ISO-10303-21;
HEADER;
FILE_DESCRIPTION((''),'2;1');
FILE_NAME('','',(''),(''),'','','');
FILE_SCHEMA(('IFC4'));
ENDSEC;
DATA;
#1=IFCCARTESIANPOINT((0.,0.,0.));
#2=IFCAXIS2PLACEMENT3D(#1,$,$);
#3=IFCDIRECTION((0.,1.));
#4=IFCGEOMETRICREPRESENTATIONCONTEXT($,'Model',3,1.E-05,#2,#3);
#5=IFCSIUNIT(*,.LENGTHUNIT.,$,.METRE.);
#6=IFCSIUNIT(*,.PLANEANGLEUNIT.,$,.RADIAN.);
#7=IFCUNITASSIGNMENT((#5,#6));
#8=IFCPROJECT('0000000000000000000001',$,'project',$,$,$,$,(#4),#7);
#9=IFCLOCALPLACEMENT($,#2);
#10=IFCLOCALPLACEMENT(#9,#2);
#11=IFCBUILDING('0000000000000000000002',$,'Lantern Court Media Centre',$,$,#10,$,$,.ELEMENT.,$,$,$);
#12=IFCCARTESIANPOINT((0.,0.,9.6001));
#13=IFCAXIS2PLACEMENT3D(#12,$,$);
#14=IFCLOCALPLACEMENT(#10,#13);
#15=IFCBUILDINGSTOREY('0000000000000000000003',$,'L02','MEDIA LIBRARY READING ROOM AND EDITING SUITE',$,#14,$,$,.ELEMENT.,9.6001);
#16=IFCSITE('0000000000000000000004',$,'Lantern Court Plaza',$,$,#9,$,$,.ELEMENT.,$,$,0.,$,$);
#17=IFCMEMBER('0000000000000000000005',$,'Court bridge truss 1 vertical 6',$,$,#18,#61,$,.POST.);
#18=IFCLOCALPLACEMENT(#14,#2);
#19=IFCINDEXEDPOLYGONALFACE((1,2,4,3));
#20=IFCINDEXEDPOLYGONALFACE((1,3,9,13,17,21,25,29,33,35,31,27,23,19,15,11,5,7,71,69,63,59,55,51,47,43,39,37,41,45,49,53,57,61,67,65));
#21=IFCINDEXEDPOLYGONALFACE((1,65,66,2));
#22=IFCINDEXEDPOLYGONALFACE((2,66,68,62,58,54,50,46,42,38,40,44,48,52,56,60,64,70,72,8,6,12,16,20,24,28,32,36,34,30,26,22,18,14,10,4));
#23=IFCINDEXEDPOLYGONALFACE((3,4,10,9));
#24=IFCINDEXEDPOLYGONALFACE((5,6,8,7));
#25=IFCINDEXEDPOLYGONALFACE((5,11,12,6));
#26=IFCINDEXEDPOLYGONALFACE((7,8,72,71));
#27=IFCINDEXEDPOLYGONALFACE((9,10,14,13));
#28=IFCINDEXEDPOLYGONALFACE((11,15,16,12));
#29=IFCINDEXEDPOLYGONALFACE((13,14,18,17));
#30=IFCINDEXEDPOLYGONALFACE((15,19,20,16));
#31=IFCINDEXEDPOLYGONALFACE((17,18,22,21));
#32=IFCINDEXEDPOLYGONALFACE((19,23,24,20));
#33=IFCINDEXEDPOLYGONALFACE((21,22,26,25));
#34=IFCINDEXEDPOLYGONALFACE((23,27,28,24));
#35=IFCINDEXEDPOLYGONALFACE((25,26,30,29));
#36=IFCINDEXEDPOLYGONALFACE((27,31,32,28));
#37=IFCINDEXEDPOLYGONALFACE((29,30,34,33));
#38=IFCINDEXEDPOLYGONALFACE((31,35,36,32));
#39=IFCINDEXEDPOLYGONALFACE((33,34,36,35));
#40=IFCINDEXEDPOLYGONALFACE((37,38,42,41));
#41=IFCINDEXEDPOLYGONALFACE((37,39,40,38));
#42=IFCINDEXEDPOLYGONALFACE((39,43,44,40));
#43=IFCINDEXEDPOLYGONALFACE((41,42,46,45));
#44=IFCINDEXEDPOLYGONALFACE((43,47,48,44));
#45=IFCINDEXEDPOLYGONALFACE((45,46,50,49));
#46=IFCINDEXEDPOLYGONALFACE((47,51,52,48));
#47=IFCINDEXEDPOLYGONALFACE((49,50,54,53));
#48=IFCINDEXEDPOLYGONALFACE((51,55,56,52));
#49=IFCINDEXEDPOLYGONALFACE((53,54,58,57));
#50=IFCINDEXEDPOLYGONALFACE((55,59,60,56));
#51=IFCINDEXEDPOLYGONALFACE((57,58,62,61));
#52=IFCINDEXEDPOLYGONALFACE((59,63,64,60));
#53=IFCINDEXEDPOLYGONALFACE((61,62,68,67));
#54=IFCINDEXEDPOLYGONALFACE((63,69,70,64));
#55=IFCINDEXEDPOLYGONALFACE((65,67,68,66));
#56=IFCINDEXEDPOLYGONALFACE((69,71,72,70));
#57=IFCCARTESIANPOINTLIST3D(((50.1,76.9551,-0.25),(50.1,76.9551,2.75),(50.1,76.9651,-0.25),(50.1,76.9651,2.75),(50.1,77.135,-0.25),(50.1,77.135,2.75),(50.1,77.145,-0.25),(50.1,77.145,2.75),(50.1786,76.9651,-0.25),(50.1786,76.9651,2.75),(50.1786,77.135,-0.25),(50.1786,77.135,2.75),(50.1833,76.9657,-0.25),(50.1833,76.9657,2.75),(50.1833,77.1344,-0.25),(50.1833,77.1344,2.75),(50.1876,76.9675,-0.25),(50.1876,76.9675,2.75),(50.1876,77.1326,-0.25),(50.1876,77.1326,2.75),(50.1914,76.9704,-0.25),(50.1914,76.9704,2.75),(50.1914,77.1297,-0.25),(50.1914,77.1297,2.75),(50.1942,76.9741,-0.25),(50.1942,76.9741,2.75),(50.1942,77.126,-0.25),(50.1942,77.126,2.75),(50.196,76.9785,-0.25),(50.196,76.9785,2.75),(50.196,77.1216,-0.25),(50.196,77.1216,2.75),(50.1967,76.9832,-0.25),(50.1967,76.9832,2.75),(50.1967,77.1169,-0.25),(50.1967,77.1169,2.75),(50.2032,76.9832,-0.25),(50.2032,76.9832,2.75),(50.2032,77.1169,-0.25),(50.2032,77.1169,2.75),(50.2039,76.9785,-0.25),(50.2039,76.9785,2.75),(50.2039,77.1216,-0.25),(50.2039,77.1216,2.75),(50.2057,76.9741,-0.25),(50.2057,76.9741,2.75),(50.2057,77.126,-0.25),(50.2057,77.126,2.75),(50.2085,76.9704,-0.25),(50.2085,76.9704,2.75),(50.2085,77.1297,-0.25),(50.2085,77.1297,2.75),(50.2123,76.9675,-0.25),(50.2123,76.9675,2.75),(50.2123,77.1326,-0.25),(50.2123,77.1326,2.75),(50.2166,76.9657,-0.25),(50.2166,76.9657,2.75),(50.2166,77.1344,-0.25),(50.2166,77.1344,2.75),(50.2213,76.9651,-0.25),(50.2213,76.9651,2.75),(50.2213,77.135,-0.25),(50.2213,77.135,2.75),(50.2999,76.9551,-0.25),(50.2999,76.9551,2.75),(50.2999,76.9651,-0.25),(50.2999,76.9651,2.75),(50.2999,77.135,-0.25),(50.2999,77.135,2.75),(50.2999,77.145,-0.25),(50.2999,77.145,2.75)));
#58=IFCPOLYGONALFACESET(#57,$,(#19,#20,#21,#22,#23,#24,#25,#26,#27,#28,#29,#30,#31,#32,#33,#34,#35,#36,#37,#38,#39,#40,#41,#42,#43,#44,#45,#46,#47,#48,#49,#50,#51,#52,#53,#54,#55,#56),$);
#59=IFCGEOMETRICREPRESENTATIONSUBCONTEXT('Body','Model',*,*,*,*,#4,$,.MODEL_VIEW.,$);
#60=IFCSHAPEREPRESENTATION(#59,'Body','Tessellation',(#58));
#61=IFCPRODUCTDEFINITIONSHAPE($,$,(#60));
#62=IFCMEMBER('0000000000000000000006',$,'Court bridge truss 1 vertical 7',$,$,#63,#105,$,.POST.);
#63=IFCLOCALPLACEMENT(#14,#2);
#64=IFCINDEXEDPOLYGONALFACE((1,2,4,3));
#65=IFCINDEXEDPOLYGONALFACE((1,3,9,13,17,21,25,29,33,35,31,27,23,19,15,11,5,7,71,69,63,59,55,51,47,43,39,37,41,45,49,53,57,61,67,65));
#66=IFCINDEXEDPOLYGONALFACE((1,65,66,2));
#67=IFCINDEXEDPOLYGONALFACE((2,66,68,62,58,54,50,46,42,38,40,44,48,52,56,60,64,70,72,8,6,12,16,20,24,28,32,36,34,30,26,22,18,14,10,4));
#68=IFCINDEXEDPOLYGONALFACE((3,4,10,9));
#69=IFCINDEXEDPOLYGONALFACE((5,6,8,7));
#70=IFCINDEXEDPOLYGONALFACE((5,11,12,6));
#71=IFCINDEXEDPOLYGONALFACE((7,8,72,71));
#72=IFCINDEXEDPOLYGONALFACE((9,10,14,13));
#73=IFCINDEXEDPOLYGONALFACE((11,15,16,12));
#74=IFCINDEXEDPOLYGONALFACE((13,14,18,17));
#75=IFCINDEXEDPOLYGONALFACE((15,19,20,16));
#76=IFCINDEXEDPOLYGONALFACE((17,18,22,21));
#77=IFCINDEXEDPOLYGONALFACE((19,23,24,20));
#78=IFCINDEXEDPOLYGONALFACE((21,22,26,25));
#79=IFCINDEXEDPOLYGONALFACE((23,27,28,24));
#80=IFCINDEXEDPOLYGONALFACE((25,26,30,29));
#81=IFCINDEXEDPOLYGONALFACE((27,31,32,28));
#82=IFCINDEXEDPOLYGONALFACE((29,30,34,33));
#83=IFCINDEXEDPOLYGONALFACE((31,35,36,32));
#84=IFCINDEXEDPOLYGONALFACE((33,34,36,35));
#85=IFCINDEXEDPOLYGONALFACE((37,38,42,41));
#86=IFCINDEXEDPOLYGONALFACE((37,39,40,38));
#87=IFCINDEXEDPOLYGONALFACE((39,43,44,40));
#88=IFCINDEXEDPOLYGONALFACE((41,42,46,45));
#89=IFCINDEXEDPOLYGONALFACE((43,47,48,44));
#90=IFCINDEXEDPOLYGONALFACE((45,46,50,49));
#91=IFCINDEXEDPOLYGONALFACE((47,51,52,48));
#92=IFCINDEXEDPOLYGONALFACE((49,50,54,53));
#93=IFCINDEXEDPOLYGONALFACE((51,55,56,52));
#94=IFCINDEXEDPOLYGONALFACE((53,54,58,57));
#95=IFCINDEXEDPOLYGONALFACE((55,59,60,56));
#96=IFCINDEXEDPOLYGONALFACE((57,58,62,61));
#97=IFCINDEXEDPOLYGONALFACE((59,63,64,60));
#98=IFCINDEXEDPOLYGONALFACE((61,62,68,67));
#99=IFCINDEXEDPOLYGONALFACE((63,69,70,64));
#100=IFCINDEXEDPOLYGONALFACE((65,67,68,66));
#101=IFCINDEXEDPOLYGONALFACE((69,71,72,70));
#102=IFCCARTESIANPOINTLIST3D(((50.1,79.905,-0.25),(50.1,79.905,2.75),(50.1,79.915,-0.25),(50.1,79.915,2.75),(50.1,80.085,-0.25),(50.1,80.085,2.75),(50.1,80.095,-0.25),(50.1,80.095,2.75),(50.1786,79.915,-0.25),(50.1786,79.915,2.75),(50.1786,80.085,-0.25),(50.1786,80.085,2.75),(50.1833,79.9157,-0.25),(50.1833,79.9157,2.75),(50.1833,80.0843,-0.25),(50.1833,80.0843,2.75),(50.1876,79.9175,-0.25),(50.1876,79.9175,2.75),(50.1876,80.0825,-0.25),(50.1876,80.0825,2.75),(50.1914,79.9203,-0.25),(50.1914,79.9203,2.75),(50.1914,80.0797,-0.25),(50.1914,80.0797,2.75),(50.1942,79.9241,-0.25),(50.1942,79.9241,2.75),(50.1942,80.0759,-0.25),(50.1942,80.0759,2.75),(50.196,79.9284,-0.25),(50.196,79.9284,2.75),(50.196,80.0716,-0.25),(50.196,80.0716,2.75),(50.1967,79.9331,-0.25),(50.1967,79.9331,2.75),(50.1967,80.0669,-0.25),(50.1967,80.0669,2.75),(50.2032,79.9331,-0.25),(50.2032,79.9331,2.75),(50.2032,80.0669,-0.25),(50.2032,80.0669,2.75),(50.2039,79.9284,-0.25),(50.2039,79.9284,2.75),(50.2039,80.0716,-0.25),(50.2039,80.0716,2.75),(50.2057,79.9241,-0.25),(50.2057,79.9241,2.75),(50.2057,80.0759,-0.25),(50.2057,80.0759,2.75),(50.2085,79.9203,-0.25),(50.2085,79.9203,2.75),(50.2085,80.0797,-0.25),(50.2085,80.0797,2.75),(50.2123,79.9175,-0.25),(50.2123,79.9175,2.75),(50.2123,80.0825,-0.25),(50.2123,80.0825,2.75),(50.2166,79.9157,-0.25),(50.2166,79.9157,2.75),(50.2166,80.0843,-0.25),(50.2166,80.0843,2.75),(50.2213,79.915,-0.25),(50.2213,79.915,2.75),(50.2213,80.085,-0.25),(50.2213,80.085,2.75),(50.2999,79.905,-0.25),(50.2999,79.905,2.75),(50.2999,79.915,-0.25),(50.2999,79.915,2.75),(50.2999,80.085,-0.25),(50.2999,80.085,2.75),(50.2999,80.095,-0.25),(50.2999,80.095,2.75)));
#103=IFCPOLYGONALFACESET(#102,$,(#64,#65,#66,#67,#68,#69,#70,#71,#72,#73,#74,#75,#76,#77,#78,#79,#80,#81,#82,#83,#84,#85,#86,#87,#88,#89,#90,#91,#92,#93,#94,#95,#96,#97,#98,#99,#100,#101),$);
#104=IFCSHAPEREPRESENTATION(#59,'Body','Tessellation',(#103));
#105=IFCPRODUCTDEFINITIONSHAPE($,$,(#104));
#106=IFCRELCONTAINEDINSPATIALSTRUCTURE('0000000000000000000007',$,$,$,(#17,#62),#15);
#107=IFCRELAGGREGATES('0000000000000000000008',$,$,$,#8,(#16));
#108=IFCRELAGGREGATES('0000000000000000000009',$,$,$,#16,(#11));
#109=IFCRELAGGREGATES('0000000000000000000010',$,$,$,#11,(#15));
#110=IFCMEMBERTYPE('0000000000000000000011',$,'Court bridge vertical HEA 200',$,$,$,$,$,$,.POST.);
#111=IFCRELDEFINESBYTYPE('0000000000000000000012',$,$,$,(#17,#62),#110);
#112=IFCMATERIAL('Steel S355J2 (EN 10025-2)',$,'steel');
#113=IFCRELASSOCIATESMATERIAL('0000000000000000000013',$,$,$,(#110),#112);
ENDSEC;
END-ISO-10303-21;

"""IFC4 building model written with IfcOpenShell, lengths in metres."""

from ifc_helpers import new_model, si_unit, direction, frame, origin, origin_2d, place, context, subcontext, project, spatial, i_section, extrude, material, material_profile, profile_set, type_object, element, save


model = new_model("IFC4")

# Units and contexts
model_context = context("Model", 3, precision=1e-05, world=origin(), true_north=direction((0.0, 1.0)))
body_context = subcontext(model_context, "Body", "Model", "MODEL_VIEW")
ifc_project = project(units=[si_unit("LENGTHUNIT", "METRE"), si_unit("PLANEANGLEUNIT", "RADIAN")], contexts=[model_context])

# Site, building, storey
site_placement = place(None, origin())
site = spatial("IfcSite", under=ifc_project, at=site_placement, Name="Lantern Court Plaza", CompositionType="ELEMENT", RefElevation=0.0)
building_placement = place(site_placement, origin())
building = spatial("IfcBuilding", under=site, at=building_placement, Name="Lantern Court Media Centre", CompositionType="ELEMENT")
storey_placement = place(building_placement, frame((0.0, 0.0, 9.6001)))
storey = spatial("IfcBuildingStorey", under=building, at=storey_placement, Name="L02", Description="MEDIA LIBRARY READING ROOM AND EDITING SUITE", CompositionType="ELEMENT", Elevation=9.6001)

# Shared definitions
ifc_material = material(Name="Steel S355J2 (EN 10025-2)", Category="steel")

# Members
ifc_material_profile_1 = material_profile(ifc_material, i_section(OverallWidth=0.2, OverallDepth=0.1899, WebThickness=0.0066, FlangeThickness=0.01, FilletRadius=0.0181, at=origin_2d()), Name="HEA 200")
ifc_profile_set_1 = profile_set([ifc_material_profile_1], Name="Steel S355J2 (EN 10025-2)")
member_type_1 = type_object("IfcMemberType", Name="Court bridge vertical HEA 200", PredefinedType="POST", material=ifc_profile_set_1)
for number, where, z_axis, x_axis, name in (
    (1, (50.2, 77.05, -0.25), (0.0, 0.0, 1.0), (1.0, 0.0, 0.0), "Court bridge truss 1 vertical 6"),
    (2, (50.2, 80.0, -0.25), (0.0, 0.0, 1.0), (1.0, 0.0, 0.0), "Court bridge truss 1 vertical 7"),
):
    element("IfcMember", number, at=place(storey_placement, frame(where, z_axis=z_axis, x_axis=x_axis)), inside=storey, type_object=member_type_1, Name=name, PredefinedType="POST", context=body_context, shape_type="SweptSolid", body=[
        extrude(i_section(OverallWidth=0.2, OverallDepth=0.1899, WebThickness=0.0066, FlangeThickness=0.01, FilletRadius=0.0181, at=origin_2d()), origin(), (0.0, 0.0, 1.0), 3.0),
    ])

save(model, "model.ifc")
